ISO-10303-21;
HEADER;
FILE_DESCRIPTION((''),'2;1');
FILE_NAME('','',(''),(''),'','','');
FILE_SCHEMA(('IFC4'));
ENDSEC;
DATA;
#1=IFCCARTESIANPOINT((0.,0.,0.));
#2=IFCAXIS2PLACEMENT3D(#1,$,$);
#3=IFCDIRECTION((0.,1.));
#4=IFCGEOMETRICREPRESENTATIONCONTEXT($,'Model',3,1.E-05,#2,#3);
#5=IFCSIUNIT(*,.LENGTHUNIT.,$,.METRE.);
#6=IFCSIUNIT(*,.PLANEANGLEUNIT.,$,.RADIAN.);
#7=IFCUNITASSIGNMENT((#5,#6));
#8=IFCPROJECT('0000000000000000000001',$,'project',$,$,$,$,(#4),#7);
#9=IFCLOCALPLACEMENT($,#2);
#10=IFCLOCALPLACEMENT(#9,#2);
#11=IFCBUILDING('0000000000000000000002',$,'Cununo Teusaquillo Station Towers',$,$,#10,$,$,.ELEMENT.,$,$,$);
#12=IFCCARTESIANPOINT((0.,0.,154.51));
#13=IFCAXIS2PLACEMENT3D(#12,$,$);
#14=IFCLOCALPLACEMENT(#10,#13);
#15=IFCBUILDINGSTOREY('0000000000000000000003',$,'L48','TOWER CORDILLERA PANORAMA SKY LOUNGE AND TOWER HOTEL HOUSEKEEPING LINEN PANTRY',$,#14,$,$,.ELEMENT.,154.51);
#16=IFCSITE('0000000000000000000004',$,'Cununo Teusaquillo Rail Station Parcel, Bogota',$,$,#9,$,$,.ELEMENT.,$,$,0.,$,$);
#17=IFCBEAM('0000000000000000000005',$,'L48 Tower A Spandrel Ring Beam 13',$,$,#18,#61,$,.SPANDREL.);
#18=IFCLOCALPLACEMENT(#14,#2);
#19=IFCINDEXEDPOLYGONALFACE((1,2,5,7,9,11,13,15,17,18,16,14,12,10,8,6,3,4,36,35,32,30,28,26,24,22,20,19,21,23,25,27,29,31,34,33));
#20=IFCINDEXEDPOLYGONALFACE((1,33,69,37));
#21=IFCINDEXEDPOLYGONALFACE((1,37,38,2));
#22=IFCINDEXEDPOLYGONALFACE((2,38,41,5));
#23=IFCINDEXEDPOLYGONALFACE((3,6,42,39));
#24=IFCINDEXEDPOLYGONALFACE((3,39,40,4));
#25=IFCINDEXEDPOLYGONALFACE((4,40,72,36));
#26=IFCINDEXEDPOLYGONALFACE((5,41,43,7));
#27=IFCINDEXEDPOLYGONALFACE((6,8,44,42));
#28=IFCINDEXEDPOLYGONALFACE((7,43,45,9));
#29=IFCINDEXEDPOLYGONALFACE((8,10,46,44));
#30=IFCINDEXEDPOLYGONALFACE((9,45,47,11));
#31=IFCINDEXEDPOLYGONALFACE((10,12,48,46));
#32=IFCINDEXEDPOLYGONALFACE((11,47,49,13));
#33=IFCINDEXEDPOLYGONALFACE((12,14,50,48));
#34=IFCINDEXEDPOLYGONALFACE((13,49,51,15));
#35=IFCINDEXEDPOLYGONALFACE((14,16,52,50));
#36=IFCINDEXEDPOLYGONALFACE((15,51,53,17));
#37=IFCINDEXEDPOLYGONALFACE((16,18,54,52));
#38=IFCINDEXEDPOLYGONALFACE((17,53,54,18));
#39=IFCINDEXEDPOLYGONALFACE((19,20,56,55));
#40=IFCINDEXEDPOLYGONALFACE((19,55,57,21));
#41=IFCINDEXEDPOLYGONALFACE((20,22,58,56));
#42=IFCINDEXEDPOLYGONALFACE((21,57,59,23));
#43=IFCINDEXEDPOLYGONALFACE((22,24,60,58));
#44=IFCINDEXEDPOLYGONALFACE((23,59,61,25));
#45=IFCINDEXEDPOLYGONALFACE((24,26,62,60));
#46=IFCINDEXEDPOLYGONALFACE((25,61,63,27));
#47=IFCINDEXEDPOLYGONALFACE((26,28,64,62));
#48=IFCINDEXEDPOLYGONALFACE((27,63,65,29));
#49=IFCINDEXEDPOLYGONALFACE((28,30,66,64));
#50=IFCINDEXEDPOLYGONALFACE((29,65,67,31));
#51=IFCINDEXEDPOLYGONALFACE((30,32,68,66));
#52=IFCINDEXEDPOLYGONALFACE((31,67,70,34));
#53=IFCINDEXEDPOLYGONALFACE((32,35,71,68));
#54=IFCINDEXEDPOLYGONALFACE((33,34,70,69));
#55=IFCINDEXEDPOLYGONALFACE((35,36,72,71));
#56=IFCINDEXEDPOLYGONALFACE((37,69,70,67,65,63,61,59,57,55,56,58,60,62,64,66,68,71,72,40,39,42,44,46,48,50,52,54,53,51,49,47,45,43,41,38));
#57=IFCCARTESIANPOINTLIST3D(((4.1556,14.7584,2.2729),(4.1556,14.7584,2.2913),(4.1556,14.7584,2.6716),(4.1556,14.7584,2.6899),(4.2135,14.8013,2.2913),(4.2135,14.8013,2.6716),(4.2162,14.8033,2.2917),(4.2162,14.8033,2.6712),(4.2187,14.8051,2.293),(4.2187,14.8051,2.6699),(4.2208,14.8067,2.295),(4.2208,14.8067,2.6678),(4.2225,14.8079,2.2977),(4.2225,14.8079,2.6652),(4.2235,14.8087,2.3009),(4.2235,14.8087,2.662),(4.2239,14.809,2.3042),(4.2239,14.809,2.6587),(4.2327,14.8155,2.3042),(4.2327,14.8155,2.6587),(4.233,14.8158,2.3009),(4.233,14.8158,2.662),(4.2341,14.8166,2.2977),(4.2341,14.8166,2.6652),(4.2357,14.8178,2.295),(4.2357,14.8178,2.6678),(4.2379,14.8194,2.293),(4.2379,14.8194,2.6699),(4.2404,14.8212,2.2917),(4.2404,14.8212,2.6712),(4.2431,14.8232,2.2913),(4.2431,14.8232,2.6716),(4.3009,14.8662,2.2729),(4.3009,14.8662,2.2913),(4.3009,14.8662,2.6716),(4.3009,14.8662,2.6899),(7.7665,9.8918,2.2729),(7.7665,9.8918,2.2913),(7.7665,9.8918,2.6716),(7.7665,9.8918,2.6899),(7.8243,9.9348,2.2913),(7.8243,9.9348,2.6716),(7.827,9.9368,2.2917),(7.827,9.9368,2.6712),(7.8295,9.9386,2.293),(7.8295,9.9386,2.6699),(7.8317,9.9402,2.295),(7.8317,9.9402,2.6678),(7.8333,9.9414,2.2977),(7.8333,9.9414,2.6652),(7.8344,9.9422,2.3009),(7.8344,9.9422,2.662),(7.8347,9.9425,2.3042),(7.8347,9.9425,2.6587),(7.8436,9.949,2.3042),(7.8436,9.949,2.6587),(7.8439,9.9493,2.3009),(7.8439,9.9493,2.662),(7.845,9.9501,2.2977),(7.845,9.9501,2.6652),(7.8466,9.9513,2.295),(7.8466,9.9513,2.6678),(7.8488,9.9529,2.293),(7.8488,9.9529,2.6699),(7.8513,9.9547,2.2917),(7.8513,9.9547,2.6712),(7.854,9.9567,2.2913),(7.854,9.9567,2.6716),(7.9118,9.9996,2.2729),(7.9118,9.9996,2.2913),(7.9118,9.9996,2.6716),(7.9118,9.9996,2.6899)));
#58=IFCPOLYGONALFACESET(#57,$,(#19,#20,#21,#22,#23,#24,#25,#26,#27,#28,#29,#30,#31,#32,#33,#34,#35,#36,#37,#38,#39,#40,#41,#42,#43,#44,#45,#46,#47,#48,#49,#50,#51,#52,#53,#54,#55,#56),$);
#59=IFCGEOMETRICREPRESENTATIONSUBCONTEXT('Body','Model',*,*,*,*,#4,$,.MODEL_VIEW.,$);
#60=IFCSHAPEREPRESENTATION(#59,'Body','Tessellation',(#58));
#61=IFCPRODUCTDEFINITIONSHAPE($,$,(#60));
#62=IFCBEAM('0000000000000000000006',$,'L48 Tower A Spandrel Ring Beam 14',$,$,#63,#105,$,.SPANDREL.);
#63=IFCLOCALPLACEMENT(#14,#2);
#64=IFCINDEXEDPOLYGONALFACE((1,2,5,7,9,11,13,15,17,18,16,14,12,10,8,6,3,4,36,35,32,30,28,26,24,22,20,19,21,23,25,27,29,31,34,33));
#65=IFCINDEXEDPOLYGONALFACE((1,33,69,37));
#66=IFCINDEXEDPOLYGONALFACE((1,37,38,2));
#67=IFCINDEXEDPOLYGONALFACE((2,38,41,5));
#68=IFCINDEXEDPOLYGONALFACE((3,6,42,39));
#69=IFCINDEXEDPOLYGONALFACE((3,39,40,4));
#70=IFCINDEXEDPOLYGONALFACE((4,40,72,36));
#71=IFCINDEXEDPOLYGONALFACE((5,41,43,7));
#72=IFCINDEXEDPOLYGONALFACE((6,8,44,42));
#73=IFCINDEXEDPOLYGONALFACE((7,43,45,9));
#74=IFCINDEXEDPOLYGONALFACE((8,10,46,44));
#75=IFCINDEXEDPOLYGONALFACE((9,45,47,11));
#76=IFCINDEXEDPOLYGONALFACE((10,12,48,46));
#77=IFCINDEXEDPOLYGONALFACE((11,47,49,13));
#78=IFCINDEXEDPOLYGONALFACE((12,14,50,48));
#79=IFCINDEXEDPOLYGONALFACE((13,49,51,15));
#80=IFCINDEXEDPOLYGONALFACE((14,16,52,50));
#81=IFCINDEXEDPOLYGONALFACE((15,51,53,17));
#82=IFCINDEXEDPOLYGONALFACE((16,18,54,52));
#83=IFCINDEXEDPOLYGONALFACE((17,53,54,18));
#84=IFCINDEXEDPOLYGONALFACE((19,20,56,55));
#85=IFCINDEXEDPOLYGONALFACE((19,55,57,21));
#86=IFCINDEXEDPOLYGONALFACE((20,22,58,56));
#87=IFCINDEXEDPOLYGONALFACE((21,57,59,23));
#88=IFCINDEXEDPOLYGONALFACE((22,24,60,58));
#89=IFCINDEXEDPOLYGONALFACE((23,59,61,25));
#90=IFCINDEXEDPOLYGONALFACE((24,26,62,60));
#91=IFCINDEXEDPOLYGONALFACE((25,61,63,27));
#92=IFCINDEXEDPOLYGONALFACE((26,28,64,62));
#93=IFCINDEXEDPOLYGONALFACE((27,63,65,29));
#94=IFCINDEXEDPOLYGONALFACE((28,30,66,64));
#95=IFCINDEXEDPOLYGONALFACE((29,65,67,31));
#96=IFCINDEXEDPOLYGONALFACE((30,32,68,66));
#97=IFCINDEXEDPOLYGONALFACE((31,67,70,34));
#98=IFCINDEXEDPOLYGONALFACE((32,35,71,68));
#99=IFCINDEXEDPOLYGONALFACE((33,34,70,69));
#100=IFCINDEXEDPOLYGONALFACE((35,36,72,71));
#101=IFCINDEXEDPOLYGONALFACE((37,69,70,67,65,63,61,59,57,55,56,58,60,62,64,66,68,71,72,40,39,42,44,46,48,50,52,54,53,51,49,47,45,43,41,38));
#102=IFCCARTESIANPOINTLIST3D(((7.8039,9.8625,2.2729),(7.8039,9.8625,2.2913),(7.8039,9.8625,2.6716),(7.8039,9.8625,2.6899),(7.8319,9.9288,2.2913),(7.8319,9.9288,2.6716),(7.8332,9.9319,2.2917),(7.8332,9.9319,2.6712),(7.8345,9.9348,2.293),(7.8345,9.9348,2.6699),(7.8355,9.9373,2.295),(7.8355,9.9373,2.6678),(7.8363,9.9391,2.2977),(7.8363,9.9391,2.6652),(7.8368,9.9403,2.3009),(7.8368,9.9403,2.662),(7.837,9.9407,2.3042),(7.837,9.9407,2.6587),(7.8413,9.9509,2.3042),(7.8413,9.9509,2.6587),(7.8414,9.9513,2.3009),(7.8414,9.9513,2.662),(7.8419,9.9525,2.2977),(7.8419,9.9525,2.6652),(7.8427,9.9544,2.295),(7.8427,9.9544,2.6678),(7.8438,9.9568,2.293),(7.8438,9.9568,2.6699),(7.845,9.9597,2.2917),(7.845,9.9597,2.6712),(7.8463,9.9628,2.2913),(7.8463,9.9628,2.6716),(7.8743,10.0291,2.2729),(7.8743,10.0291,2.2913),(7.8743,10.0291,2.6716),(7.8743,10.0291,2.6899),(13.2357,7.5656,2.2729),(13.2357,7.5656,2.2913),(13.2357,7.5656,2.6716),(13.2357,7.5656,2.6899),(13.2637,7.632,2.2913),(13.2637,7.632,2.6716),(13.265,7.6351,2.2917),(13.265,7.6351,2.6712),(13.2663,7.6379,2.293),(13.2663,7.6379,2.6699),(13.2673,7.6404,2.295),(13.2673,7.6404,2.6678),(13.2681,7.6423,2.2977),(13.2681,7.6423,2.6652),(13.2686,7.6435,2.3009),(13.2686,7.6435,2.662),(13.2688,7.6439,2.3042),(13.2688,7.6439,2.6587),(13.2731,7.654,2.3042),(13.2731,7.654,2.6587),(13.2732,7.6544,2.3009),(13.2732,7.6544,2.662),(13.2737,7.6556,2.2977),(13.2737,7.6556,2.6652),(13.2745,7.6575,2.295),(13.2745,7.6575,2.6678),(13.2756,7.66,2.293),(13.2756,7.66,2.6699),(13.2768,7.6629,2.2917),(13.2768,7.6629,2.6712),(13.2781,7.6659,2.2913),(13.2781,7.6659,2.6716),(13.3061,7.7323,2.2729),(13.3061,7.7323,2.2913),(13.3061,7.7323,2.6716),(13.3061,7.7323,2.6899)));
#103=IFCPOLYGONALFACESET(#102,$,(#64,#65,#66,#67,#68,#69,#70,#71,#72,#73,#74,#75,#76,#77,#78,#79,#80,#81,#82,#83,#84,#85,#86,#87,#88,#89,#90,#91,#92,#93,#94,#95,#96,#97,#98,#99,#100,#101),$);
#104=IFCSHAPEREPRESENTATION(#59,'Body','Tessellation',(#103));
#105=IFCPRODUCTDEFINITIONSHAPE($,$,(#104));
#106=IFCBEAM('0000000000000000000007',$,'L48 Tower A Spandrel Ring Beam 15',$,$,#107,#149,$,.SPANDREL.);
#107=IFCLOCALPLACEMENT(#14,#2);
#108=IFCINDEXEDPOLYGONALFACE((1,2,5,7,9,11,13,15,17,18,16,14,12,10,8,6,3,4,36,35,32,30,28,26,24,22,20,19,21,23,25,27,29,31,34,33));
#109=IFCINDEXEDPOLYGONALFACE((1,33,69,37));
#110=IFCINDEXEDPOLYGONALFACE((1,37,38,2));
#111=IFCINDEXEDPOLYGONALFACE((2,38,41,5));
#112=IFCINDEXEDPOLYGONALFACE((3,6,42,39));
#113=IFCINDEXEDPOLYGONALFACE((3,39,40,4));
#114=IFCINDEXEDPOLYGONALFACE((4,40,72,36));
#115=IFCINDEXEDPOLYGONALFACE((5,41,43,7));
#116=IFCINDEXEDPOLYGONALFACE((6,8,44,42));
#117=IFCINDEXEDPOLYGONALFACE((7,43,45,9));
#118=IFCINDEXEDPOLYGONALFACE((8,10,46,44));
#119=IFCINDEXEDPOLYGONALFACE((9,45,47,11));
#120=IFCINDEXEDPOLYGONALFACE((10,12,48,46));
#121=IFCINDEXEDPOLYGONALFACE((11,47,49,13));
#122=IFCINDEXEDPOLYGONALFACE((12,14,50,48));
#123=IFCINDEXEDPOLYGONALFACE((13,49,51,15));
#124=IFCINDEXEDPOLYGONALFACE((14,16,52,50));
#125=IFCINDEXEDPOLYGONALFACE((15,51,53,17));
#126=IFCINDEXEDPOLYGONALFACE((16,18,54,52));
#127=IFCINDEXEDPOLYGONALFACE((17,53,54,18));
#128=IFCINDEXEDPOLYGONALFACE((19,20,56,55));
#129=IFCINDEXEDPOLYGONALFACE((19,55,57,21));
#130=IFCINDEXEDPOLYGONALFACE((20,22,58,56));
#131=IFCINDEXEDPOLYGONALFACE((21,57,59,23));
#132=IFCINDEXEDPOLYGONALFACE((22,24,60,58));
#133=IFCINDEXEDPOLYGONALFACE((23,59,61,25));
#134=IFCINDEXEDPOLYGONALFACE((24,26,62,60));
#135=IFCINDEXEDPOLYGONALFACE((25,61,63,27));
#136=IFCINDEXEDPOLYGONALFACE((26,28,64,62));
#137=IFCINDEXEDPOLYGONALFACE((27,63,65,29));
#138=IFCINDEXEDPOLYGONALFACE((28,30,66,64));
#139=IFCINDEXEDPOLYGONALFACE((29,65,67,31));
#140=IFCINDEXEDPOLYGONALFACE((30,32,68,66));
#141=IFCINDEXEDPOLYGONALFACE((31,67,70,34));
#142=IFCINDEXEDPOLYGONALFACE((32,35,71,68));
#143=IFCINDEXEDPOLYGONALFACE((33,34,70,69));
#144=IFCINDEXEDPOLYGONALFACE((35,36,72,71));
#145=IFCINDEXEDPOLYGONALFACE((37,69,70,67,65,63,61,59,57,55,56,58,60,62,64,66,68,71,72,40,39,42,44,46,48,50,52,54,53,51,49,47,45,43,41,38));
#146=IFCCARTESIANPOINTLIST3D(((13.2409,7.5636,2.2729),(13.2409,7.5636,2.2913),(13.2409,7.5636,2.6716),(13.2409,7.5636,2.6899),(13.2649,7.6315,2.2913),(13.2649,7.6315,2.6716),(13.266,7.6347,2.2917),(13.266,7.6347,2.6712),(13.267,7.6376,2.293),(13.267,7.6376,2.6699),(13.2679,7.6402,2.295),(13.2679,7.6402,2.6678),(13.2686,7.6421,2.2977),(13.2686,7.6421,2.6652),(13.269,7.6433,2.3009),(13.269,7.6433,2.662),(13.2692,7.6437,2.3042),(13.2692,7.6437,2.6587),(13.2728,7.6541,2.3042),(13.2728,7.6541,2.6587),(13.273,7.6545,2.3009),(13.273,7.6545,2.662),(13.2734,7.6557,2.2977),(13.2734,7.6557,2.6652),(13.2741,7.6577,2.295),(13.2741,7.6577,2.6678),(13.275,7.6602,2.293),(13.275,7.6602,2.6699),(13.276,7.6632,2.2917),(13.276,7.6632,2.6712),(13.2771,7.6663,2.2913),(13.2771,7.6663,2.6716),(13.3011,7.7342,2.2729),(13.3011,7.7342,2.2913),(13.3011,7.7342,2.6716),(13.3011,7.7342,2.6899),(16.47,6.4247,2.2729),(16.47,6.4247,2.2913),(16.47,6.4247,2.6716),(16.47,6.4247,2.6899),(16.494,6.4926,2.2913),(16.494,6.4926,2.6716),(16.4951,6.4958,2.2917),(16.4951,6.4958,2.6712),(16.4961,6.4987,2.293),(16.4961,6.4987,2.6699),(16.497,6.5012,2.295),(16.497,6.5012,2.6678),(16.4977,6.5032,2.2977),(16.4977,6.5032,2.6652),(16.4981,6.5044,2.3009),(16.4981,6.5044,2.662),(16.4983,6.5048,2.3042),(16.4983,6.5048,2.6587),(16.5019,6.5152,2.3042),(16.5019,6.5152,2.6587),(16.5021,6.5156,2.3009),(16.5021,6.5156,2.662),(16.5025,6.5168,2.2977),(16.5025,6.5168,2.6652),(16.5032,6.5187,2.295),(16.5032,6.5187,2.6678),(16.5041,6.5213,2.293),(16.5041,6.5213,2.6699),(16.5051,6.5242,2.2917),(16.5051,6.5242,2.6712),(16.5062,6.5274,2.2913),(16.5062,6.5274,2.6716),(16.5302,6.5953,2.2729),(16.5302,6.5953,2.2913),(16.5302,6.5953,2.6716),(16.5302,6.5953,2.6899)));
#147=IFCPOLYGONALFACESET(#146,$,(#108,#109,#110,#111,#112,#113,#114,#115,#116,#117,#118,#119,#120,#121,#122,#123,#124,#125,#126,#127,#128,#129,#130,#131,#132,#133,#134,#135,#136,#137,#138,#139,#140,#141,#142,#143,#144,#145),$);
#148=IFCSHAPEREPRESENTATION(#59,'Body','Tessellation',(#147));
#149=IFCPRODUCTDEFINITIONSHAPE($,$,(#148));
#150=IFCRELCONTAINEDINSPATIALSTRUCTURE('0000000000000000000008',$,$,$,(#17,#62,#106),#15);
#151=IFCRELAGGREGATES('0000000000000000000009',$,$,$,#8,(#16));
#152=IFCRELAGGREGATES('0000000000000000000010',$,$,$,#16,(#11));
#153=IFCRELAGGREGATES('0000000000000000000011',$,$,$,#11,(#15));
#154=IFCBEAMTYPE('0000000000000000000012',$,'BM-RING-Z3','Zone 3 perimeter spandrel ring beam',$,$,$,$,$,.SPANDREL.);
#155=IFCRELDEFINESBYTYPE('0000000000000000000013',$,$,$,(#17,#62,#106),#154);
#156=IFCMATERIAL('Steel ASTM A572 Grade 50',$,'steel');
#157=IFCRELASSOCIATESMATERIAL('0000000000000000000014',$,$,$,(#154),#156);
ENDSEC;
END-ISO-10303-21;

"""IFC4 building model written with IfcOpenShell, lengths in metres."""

from ifc_helpers import new_model, si_unit, direction, frame, origin, origin_2d, place, context, subcontext, project, spatial, i_section, extrude, material, material_profile, profile_set, type_object, element, save


model = new_model("IFC4")

# Units and contexts
model_context = context("Model", 3, precision=1e-05, world=origin(), true_north=direction((0.0, 1.0)))
body_context = subcontext(model_context, "Body", "Model", "MODEL_VIEW")
ifc_project = project(units=[si_unit("LENGTHUNIT", "METRE"), si_unit("PLANEANGLEUNIT", "RADIAN")], contexts=[model_context])

# Site, building, storey
site_placement = place(None, origin())
site = spatial("IfcSite", under=ifc_project, at=site_placement, Name="Cununo Teusaquillo Rail Station Parcel, Bogota", CompositionType="ELEMENT", RefElevation=0.0)
building_placement = place(site_placement, origin())
building = spatial("IfcBuilding", under=site, at=building_placement, Name="Cununo Teusaquillo Station Towers", CompositionType="ELEMENT")
storey_placement = place(building_placement, frame((0.0, 0.0, 154.51)))
storey = spatial("IfcBuildingStorey", under=building, at=storey_placement, Name="L48", Description="TOWER CORDILLERA PANORAMA SKY LOUNGE AND TOWER HOTEL HOUSEKEEPING LINEN PANTRY", CompositionType="ELEMENT", Elevation=154.51)

# Beams
ifc_material_1 = material(Name="Steel ASTM A572 Grade 50", Category="steel")
ifc_material_profile_1 = material_profile(ifc_material_1, i_section(OverallWidth=0.1809, OverallDepth=0.417, WebThickness=0.011, FlangeThickness=0.0183, FilletRadius=0.0129, at=origin_2d()), Name="W16X57")
ifc_profile_set_1 = profile_set([ifc_material_profile_1], Name="Steel ASTM A572 Grade 50")
beam_type = type_object("IfcBeamType", Name="BM-RING-Z3", Description="Zone 3 perimeter spandrel ring beam", PredefinedType="SPANDREL", material=ifc_profile_set_1)
beam_1_placement = place(storey_placement, frame((4.2283, 14.8123, 2.4814), z_axis=(0.595873, -0.803079, 0.0), x_axis=(0.803079, 0.595873, 0.0)))
element("IfcBeam", 1, at=beam_1_placement, inside=storey, type_object=beam_type, Name="L48 Tower A Spandrel Ring Beam 13", PredefinedType="SPANDREL", context=body_context, shape_type="SweptSolid", body=[
    extrude(i_section(OverallWidth=0.1809, OverallDepth=0.417, WebThickness=0.011, FlangeThickness=0.0183, FilletRadius=0.0129, at=origin_2d()), origin(), (0.0, 0.0, 1.0), 6.0598),
])
beam_2_placement = place(storey_placement, frame((7.8391, 9.9458, 2.4814), z_axis=(0.921042, -0.389463, 0.0), x_axis=(0.389463, 0.921042, 0.0)))
element("IfcBeam", 2, at=beam_2_placement, inside=storey, type_object=beam_type, Name="L48 Tower A Spandrel Ring Beam 14", PredefinedType="SPANDREL", context=body_context, shape_type="SweptSolid", body=[
    extrude(i_section(OverallWidth=0.1809, OverallDepth=0.417, WebThickness=0.011, FlangeThickness=0.0183, FilletRadius=0.0129, at=origin_2d()), origin(), (0.0, 0.0, 1.0), 5.8975),
])
beam_3_placement = place(storey_placement, frame((13.271, 7.6489, 2.4814), z_axis=(0.943057, -0.33263, 0.0), x_axis=(0.33263, 0.943057, 0.0)))
element("IfcBeam", 3, at=beam_3_placement, inside=storey, type_object=beam_type, Name="L48 Tower A Spandrel Ring Beam 15", PredefinedType="SPANDREL", context=body_context, shape_type="SweptSolid", body=[
    extrude(i_section(OverallWidth=0.1809, OverallDepth=0.417, WebThickness=0.011, FlangeThickness=0.0183, FilletRadius=0.0129, at=origin_2d()), origin(), (0.0, 0.0, 1.0), 3.4241),
])

save(model, "model.ifc")
